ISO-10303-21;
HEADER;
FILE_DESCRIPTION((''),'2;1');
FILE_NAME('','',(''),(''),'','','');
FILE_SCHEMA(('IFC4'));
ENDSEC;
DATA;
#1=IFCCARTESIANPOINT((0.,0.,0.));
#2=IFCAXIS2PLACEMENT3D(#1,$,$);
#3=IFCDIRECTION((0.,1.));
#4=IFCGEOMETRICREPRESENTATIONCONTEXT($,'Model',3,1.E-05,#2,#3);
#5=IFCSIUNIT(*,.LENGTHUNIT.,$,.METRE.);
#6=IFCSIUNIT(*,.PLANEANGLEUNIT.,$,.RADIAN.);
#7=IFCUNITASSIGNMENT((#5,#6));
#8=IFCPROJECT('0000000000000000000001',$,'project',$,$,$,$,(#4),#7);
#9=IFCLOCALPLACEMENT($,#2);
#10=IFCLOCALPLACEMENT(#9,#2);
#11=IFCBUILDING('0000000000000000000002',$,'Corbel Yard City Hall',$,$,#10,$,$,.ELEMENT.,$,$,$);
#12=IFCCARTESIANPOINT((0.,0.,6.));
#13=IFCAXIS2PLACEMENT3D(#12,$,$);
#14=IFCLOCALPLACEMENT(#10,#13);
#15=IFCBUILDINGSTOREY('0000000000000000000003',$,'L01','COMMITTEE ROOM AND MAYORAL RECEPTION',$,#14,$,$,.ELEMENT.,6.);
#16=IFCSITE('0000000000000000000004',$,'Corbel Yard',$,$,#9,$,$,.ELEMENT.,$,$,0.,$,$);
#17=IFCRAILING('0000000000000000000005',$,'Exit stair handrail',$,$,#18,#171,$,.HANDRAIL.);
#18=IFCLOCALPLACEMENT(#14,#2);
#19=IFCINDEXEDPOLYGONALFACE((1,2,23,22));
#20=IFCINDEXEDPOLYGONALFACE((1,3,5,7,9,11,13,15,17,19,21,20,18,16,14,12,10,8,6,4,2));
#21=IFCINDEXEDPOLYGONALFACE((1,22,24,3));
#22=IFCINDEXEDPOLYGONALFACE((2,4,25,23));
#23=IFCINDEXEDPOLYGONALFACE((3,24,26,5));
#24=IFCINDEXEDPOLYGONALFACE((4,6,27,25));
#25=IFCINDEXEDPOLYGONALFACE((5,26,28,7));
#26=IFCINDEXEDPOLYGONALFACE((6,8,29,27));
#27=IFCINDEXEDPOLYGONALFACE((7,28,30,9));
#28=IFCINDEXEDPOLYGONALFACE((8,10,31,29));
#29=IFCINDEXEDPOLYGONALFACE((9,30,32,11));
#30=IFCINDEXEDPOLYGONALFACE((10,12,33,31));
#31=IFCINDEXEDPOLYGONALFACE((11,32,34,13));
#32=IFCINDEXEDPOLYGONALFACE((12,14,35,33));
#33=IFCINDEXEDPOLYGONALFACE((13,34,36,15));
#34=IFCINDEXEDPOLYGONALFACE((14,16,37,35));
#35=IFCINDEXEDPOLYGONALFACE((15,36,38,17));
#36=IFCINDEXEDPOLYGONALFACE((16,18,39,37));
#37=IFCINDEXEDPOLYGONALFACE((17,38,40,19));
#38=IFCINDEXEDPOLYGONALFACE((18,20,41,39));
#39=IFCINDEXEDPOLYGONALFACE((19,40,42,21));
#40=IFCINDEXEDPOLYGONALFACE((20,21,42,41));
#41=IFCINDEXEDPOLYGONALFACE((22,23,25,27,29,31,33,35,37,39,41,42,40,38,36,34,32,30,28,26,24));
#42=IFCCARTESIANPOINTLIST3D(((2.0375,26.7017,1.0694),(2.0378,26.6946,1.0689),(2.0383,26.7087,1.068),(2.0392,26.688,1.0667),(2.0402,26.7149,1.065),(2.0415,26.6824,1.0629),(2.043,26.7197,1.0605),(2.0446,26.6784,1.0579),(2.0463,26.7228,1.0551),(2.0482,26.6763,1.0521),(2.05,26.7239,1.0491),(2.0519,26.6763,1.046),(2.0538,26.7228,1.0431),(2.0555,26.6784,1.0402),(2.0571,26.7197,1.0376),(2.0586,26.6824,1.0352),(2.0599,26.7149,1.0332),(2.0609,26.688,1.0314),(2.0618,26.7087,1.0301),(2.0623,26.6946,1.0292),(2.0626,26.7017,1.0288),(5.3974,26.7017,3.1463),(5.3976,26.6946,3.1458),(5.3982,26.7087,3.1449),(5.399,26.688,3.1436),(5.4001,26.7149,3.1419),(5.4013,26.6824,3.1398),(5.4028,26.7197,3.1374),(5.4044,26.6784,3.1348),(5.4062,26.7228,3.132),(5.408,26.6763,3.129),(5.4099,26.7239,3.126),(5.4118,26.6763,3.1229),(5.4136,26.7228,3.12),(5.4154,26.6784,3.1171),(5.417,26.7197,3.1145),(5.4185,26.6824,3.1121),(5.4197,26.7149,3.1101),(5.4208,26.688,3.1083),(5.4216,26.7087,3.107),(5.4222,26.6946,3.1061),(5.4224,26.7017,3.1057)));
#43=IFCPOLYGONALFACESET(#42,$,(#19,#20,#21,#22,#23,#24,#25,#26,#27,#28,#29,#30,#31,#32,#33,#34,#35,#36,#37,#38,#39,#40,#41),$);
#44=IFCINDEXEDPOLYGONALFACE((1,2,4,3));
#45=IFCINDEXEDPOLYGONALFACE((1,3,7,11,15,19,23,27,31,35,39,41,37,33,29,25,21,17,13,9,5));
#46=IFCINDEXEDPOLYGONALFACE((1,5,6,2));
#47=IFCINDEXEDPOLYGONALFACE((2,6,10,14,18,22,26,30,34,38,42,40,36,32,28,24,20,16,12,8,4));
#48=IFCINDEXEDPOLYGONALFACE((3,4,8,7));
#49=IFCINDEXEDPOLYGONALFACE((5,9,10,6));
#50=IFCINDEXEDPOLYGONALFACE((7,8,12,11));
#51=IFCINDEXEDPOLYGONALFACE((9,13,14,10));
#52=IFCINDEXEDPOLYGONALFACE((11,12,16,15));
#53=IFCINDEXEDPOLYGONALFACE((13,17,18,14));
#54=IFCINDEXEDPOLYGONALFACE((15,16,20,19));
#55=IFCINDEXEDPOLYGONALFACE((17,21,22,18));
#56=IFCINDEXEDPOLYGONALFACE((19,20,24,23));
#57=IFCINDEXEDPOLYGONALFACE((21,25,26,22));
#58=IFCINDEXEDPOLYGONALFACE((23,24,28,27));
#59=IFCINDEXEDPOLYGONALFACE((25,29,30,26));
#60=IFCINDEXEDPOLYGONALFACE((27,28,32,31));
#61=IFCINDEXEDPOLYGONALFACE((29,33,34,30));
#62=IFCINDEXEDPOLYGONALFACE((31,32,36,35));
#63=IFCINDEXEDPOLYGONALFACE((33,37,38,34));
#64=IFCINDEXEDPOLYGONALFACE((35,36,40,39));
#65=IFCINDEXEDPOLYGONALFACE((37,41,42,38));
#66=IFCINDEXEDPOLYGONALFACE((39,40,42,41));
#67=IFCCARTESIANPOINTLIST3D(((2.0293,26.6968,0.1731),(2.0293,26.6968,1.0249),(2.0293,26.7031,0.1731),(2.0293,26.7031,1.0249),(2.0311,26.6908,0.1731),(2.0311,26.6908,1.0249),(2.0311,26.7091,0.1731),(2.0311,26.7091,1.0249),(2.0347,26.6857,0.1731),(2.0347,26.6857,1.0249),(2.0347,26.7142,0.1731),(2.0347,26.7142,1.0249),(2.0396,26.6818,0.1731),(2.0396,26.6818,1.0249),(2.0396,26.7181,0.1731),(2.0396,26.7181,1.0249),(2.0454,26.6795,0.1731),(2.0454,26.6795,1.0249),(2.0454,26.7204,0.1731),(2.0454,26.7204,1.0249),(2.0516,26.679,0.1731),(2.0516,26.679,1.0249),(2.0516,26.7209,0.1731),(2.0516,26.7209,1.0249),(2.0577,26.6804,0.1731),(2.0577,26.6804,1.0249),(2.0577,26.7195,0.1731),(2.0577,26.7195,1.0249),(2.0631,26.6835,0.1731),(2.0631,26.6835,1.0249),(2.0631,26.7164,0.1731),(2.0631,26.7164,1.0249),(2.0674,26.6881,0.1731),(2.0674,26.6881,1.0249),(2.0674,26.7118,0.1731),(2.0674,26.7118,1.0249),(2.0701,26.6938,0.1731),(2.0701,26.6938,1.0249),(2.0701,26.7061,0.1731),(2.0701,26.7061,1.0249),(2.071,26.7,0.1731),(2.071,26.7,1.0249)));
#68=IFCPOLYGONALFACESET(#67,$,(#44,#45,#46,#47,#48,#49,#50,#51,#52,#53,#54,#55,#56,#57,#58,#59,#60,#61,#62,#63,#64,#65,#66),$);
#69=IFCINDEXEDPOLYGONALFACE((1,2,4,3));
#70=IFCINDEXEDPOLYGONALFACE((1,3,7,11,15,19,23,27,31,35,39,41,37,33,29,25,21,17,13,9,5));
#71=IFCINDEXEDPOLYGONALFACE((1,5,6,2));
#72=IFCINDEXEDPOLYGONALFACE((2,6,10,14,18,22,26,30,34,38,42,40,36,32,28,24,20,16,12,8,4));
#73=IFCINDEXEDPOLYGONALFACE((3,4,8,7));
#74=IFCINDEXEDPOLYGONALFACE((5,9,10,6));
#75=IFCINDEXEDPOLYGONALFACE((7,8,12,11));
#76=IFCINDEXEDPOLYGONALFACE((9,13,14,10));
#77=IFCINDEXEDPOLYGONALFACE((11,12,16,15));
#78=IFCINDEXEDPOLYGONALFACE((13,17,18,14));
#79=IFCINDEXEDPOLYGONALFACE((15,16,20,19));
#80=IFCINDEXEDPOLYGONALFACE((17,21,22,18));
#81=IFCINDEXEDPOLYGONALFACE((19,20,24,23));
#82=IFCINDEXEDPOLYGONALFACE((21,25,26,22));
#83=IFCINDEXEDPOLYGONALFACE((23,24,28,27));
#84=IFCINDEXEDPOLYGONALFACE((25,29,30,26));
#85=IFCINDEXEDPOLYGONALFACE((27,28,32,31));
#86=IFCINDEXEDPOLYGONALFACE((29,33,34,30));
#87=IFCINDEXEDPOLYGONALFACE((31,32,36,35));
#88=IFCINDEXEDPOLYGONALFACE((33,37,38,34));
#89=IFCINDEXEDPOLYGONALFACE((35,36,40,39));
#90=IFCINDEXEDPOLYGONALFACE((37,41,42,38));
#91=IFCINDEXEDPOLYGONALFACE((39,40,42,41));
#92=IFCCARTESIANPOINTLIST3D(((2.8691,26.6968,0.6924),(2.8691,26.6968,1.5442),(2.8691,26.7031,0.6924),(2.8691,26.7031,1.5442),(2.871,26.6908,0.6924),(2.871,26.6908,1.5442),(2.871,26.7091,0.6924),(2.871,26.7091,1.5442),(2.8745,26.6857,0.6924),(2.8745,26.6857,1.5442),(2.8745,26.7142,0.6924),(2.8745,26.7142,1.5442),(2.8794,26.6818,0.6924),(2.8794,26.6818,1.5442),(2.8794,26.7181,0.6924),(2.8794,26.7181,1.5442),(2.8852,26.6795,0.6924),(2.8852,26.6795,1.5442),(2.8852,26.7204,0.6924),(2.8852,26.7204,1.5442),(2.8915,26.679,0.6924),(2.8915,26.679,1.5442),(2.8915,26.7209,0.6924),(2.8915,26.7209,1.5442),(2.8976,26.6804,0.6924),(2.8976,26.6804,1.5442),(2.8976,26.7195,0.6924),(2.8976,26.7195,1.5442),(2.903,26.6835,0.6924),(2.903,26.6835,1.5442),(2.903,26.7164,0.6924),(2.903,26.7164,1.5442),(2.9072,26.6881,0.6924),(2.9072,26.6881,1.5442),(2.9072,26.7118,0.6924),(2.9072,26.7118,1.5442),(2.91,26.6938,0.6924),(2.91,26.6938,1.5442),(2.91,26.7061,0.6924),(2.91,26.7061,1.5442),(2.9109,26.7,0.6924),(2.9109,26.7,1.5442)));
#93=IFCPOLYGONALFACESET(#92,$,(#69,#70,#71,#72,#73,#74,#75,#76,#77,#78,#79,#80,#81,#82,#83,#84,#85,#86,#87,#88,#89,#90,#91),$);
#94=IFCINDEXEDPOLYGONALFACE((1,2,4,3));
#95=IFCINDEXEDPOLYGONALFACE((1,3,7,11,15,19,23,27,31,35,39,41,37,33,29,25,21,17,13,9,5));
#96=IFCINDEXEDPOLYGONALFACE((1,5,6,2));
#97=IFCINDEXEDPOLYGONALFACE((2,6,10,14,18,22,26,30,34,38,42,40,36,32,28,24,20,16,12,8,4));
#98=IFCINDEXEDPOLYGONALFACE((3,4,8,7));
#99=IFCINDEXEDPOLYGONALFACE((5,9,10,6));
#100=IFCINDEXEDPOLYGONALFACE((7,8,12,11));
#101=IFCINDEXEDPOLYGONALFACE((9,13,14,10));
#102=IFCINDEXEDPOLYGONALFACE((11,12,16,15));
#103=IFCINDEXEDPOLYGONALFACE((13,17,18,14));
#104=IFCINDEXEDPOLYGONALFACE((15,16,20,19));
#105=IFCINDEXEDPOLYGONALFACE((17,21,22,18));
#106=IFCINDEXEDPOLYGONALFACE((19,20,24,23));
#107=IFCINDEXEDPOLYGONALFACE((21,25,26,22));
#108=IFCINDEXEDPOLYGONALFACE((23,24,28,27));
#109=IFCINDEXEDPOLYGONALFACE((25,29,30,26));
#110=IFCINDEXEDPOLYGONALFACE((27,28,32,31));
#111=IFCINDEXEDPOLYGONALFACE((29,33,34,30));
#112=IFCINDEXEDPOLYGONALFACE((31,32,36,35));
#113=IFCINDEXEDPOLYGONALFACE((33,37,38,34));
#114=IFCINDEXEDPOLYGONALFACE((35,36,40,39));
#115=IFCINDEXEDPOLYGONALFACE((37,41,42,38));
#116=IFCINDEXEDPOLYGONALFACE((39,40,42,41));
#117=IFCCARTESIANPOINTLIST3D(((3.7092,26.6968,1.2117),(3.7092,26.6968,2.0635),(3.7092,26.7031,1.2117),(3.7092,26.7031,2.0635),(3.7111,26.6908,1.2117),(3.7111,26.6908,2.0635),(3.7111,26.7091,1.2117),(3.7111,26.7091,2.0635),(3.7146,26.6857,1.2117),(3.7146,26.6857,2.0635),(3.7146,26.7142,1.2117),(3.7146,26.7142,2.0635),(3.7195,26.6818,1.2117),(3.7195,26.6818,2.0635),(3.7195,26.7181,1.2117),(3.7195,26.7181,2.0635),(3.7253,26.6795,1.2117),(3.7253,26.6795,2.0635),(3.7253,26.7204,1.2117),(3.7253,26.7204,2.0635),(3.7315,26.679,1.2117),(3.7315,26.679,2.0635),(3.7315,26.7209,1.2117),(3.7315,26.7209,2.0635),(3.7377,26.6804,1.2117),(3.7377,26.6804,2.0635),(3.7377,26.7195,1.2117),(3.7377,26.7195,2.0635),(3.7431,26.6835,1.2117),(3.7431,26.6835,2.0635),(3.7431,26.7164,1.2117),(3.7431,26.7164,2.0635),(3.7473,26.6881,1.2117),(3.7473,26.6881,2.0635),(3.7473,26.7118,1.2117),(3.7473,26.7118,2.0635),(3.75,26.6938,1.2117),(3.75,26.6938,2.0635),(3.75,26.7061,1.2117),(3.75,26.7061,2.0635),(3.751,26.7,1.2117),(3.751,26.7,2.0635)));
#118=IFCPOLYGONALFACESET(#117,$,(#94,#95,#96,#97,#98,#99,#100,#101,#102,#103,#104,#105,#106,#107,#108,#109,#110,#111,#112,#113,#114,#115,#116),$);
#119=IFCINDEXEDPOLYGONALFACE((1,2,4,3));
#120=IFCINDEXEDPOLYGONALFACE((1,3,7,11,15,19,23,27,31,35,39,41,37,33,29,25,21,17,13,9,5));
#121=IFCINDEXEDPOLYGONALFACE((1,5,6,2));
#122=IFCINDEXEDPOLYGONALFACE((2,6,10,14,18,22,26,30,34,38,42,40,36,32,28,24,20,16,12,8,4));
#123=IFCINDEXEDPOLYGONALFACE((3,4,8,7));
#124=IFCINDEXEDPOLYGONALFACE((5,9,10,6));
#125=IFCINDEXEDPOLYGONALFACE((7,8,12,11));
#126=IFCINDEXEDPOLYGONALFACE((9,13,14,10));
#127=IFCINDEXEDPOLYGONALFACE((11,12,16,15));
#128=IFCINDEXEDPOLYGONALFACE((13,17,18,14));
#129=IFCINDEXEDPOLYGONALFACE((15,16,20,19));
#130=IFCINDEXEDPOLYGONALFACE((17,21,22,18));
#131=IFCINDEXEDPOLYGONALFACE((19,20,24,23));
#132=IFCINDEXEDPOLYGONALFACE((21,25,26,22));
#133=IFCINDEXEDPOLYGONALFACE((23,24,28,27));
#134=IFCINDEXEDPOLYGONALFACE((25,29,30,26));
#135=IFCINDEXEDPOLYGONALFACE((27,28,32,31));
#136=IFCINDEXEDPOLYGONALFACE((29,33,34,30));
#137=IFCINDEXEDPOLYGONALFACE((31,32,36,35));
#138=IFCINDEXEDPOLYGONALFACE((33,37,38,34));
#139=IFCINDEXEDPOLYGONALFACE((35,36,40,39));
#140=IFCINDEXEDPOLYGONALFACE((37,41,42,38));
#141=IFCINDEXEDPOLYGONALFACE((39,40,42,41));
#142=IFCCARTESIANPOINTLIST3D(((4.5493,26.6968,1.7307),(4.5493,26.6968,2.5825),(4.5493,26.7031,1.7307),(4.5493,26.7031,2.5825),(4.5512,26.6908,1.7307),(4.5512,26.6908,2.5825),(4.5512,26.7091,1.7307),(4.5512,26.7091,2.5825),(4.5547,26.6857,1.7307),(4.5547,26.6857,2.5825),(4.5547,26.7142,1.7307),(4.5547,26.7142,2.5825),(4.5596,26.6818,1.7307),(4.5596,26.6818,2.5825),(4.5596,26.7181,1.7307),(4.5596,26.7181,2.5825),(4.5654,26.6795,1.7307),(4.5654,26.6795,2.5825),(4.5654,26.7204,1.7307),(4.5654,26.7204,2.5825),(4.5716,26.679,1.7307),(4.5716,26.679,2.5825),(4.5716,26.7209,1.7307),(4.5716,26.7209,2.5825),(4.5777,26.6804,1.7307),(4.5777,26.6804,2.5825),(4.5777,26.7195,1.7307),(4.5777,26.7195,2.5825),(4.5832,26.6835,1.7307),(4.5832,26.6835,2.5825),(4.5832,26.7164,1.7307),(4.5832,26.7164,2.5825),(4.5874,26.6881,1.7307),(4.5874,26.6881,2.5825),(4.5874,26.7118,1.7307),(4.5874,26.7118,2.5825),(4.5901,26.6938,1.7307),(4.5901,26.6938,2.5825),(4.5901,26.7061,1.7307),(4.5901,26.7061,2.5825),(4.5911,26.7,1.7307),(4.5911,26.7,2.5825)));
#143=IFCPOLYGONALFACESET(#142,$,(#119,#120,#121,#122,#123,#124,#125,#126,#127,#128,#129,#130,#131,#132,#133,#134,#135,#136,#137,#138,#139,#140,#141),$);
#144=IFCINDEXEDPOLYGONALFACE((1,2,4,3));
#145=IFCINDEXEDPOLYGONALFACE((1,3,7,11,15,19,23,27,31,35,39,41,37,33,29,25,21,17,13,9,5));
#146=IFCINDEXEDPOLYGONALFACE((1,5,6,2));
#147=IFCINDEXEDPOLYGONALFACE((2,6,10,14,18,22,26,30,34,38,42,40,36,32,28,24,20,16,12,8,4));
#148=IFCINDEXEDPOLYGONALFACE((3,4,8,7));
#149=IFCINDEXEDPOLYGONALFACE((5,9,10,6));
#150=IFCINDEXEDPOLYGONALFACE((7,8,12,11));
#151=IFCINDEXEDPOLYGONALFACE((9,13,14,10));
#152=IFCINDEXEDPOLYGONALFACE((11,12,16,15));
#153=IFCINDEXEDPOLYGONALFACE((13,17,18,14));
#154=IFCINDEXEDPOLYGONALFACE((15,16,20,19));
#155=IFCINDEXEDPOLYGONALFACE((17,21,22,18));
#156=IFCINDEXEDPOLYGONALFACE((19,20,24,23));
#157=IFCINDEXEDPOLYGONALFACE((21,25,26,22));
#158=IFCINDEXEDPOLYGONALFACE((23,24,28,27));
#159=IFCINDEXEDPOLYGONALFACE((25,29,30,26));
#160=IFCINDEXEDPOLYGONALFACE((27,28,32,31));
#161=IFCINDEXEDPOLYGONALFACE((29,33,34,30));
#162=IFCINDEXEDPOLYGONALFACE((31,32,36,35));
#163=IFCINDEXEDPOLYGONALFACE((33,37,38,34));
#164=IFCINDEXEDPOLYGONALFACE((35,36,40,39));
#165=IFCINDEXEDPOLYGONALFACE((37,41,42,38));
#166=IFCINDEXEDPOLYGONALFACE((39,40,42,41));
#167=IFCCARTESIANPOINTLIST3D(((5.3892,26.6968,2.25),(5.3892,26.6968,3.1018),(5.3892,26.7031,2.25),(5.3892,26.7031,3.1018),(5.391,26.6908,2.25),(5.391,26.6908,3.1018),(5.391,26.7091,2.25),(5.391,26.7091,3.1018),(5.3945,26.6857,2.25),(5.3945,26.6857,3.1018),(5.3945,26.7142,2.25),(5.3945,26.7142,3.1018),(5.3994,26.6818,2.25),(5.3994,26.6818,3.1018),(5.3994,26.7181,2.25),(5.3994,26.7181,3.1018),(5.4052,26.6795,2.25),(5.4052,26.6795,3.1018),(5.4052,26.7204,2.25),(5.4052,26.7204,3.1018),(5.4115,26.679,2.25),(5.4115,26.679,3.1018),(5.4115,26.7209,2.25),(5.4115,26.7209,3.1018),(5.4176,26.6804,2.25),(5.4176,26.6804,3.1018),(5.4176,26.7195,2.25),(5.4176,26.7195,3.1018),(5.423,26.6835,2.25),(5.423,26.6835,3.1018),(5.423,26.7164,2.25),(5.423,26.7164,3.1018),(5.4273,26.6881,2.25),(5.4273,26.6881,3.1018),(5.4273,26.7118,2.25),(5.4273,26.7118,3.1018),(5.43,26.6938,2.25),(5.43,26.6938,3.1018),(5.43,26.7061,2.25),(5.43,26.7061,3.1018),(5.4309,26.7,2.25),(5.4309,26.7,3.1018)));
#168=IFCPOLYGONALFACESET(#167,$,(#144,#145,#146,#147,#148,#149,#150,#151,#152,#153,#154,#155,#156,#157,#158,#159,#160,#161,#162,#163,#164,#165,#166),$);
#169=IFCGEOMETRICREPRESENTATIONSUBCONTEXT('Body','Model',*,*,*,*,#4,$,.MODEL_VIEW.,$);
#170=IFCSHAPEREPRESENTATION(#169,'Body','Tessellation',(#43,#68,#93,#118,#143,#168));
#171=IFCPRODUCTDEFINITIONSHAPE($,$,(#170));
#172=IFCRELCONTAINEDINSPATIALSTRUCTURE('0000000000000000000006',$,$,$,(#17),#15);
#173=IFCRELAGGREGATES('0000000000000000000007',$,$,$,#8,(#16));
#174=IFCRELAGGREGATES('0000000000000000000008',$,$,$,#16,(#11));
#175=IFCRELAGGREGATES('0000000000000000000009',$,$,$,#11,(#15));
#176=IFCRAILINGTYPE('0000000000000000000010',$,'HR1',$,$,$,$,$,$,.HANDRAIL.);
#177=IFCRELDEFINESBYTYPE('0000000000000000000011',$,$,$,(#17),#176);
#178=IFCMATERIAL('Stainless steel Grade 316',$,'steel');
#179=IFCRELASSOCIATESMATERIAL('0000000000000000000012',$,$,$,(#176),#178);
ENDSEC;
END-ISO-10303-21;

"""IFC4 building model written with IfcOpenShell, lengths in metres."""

from ifc_helpers import new_model, si_unit, direction, frame, origin, origin_2d, place, context, subcontext, project, spatial, circle, extrude, material, type_object, element, save


model = new_model("IFC4")

# Units and contexts
model_context = context("Model", 3, precision=1e-05, world=origin(), true_north=direction((0.0, 1.0)))
body_context = subcontext(model_context, "Body", "Model", "MODEL_VIEW")
ifc_project = project(units=[si_unit("LENGTHUNIT", "METRE"), si_unit("PLANEANGLEUNIT", "RADIAN")], contexts=[model_context])

# Site, building, storey
site_placement = place(None, origin())
site = spatial("IfcSite", under=ifc_project, at=site_placement, Name="Corbel Yard", CompositionType="ELEMENT", RefElevation=0.0)
building_placement = place(site_placement, origin())
building = spatial("IfcBuilding", under=site, at=building_placement, Name="Corbel Yard City Hall", CompositionType="ELEMENT")
storey_placement = place(building_placement, frame((0.0, 0.0, 6.0)))
storey = spatial("IfcBuildingStorey", under=building, at=storey_placement, Name="L01", Description="COMMITTEE ROOM AND MAYORAL RECEPTION", CompositionType="ELEMENT", Elevation=6.0)

# Railing
ifc_material_1 = material(Name="Stainless steel Grade 316", Category="steel")
railing_type_1 = type_object("IfcRailingType", Name="HR1", PredefinedType="HANDRAIL", material=ifc_material_1)
for number, where, name in (
    (1, (2.05, 26.7, 0.1731), "Exit stair handrail"),
):
    element("IfcRailing", number, at=place(storey_placement, frame(where)), inside=storey, type_object=railing_type_1, Name=name, PredefinedType="HANDRAIL", context=body_context, shape_type="SweptSolid", body=[
        extrude(circle(Radius=0.0239, at=origin_2d()), frame((0.0, 0.0, 0.876), z_axis=(0.850606, 0.0, 0.525803), x_axis=(0.0, 1.0, 0.0)), (0.0, 0.0, 1.0), 3.95),
        extrude(circle(Radius=0.021, at=origin_2d()), origin(), (0.0, 0.0, 1.0), 0.8518),
        extrude(circle(Radius=0.021, at=origin_2d()), frame((0.8398, 0.0, 0.5193)), (0.0, 0.0, 1.0), 0.8518),
        extrude(circle(Radius=0.021, at=origin_2d()), frame((1.6799, 0.0, 1.0386)), (0.0, 0.0, 1.0), 0.8518),
        extrude(circle(Radius=0.021, at=origin_2d()), frame((2.52, 0.0, 1.5576)), (0.0, 0.0, 1.0), 0.8518),
        extrude(circle(Radius=0.021, at=origin_2d()), frame((3.3599, 0.0, 2.0769)), (0.0, 0.0, 1.0), 0.8518),
    ])

save(model, "model.ifc")
